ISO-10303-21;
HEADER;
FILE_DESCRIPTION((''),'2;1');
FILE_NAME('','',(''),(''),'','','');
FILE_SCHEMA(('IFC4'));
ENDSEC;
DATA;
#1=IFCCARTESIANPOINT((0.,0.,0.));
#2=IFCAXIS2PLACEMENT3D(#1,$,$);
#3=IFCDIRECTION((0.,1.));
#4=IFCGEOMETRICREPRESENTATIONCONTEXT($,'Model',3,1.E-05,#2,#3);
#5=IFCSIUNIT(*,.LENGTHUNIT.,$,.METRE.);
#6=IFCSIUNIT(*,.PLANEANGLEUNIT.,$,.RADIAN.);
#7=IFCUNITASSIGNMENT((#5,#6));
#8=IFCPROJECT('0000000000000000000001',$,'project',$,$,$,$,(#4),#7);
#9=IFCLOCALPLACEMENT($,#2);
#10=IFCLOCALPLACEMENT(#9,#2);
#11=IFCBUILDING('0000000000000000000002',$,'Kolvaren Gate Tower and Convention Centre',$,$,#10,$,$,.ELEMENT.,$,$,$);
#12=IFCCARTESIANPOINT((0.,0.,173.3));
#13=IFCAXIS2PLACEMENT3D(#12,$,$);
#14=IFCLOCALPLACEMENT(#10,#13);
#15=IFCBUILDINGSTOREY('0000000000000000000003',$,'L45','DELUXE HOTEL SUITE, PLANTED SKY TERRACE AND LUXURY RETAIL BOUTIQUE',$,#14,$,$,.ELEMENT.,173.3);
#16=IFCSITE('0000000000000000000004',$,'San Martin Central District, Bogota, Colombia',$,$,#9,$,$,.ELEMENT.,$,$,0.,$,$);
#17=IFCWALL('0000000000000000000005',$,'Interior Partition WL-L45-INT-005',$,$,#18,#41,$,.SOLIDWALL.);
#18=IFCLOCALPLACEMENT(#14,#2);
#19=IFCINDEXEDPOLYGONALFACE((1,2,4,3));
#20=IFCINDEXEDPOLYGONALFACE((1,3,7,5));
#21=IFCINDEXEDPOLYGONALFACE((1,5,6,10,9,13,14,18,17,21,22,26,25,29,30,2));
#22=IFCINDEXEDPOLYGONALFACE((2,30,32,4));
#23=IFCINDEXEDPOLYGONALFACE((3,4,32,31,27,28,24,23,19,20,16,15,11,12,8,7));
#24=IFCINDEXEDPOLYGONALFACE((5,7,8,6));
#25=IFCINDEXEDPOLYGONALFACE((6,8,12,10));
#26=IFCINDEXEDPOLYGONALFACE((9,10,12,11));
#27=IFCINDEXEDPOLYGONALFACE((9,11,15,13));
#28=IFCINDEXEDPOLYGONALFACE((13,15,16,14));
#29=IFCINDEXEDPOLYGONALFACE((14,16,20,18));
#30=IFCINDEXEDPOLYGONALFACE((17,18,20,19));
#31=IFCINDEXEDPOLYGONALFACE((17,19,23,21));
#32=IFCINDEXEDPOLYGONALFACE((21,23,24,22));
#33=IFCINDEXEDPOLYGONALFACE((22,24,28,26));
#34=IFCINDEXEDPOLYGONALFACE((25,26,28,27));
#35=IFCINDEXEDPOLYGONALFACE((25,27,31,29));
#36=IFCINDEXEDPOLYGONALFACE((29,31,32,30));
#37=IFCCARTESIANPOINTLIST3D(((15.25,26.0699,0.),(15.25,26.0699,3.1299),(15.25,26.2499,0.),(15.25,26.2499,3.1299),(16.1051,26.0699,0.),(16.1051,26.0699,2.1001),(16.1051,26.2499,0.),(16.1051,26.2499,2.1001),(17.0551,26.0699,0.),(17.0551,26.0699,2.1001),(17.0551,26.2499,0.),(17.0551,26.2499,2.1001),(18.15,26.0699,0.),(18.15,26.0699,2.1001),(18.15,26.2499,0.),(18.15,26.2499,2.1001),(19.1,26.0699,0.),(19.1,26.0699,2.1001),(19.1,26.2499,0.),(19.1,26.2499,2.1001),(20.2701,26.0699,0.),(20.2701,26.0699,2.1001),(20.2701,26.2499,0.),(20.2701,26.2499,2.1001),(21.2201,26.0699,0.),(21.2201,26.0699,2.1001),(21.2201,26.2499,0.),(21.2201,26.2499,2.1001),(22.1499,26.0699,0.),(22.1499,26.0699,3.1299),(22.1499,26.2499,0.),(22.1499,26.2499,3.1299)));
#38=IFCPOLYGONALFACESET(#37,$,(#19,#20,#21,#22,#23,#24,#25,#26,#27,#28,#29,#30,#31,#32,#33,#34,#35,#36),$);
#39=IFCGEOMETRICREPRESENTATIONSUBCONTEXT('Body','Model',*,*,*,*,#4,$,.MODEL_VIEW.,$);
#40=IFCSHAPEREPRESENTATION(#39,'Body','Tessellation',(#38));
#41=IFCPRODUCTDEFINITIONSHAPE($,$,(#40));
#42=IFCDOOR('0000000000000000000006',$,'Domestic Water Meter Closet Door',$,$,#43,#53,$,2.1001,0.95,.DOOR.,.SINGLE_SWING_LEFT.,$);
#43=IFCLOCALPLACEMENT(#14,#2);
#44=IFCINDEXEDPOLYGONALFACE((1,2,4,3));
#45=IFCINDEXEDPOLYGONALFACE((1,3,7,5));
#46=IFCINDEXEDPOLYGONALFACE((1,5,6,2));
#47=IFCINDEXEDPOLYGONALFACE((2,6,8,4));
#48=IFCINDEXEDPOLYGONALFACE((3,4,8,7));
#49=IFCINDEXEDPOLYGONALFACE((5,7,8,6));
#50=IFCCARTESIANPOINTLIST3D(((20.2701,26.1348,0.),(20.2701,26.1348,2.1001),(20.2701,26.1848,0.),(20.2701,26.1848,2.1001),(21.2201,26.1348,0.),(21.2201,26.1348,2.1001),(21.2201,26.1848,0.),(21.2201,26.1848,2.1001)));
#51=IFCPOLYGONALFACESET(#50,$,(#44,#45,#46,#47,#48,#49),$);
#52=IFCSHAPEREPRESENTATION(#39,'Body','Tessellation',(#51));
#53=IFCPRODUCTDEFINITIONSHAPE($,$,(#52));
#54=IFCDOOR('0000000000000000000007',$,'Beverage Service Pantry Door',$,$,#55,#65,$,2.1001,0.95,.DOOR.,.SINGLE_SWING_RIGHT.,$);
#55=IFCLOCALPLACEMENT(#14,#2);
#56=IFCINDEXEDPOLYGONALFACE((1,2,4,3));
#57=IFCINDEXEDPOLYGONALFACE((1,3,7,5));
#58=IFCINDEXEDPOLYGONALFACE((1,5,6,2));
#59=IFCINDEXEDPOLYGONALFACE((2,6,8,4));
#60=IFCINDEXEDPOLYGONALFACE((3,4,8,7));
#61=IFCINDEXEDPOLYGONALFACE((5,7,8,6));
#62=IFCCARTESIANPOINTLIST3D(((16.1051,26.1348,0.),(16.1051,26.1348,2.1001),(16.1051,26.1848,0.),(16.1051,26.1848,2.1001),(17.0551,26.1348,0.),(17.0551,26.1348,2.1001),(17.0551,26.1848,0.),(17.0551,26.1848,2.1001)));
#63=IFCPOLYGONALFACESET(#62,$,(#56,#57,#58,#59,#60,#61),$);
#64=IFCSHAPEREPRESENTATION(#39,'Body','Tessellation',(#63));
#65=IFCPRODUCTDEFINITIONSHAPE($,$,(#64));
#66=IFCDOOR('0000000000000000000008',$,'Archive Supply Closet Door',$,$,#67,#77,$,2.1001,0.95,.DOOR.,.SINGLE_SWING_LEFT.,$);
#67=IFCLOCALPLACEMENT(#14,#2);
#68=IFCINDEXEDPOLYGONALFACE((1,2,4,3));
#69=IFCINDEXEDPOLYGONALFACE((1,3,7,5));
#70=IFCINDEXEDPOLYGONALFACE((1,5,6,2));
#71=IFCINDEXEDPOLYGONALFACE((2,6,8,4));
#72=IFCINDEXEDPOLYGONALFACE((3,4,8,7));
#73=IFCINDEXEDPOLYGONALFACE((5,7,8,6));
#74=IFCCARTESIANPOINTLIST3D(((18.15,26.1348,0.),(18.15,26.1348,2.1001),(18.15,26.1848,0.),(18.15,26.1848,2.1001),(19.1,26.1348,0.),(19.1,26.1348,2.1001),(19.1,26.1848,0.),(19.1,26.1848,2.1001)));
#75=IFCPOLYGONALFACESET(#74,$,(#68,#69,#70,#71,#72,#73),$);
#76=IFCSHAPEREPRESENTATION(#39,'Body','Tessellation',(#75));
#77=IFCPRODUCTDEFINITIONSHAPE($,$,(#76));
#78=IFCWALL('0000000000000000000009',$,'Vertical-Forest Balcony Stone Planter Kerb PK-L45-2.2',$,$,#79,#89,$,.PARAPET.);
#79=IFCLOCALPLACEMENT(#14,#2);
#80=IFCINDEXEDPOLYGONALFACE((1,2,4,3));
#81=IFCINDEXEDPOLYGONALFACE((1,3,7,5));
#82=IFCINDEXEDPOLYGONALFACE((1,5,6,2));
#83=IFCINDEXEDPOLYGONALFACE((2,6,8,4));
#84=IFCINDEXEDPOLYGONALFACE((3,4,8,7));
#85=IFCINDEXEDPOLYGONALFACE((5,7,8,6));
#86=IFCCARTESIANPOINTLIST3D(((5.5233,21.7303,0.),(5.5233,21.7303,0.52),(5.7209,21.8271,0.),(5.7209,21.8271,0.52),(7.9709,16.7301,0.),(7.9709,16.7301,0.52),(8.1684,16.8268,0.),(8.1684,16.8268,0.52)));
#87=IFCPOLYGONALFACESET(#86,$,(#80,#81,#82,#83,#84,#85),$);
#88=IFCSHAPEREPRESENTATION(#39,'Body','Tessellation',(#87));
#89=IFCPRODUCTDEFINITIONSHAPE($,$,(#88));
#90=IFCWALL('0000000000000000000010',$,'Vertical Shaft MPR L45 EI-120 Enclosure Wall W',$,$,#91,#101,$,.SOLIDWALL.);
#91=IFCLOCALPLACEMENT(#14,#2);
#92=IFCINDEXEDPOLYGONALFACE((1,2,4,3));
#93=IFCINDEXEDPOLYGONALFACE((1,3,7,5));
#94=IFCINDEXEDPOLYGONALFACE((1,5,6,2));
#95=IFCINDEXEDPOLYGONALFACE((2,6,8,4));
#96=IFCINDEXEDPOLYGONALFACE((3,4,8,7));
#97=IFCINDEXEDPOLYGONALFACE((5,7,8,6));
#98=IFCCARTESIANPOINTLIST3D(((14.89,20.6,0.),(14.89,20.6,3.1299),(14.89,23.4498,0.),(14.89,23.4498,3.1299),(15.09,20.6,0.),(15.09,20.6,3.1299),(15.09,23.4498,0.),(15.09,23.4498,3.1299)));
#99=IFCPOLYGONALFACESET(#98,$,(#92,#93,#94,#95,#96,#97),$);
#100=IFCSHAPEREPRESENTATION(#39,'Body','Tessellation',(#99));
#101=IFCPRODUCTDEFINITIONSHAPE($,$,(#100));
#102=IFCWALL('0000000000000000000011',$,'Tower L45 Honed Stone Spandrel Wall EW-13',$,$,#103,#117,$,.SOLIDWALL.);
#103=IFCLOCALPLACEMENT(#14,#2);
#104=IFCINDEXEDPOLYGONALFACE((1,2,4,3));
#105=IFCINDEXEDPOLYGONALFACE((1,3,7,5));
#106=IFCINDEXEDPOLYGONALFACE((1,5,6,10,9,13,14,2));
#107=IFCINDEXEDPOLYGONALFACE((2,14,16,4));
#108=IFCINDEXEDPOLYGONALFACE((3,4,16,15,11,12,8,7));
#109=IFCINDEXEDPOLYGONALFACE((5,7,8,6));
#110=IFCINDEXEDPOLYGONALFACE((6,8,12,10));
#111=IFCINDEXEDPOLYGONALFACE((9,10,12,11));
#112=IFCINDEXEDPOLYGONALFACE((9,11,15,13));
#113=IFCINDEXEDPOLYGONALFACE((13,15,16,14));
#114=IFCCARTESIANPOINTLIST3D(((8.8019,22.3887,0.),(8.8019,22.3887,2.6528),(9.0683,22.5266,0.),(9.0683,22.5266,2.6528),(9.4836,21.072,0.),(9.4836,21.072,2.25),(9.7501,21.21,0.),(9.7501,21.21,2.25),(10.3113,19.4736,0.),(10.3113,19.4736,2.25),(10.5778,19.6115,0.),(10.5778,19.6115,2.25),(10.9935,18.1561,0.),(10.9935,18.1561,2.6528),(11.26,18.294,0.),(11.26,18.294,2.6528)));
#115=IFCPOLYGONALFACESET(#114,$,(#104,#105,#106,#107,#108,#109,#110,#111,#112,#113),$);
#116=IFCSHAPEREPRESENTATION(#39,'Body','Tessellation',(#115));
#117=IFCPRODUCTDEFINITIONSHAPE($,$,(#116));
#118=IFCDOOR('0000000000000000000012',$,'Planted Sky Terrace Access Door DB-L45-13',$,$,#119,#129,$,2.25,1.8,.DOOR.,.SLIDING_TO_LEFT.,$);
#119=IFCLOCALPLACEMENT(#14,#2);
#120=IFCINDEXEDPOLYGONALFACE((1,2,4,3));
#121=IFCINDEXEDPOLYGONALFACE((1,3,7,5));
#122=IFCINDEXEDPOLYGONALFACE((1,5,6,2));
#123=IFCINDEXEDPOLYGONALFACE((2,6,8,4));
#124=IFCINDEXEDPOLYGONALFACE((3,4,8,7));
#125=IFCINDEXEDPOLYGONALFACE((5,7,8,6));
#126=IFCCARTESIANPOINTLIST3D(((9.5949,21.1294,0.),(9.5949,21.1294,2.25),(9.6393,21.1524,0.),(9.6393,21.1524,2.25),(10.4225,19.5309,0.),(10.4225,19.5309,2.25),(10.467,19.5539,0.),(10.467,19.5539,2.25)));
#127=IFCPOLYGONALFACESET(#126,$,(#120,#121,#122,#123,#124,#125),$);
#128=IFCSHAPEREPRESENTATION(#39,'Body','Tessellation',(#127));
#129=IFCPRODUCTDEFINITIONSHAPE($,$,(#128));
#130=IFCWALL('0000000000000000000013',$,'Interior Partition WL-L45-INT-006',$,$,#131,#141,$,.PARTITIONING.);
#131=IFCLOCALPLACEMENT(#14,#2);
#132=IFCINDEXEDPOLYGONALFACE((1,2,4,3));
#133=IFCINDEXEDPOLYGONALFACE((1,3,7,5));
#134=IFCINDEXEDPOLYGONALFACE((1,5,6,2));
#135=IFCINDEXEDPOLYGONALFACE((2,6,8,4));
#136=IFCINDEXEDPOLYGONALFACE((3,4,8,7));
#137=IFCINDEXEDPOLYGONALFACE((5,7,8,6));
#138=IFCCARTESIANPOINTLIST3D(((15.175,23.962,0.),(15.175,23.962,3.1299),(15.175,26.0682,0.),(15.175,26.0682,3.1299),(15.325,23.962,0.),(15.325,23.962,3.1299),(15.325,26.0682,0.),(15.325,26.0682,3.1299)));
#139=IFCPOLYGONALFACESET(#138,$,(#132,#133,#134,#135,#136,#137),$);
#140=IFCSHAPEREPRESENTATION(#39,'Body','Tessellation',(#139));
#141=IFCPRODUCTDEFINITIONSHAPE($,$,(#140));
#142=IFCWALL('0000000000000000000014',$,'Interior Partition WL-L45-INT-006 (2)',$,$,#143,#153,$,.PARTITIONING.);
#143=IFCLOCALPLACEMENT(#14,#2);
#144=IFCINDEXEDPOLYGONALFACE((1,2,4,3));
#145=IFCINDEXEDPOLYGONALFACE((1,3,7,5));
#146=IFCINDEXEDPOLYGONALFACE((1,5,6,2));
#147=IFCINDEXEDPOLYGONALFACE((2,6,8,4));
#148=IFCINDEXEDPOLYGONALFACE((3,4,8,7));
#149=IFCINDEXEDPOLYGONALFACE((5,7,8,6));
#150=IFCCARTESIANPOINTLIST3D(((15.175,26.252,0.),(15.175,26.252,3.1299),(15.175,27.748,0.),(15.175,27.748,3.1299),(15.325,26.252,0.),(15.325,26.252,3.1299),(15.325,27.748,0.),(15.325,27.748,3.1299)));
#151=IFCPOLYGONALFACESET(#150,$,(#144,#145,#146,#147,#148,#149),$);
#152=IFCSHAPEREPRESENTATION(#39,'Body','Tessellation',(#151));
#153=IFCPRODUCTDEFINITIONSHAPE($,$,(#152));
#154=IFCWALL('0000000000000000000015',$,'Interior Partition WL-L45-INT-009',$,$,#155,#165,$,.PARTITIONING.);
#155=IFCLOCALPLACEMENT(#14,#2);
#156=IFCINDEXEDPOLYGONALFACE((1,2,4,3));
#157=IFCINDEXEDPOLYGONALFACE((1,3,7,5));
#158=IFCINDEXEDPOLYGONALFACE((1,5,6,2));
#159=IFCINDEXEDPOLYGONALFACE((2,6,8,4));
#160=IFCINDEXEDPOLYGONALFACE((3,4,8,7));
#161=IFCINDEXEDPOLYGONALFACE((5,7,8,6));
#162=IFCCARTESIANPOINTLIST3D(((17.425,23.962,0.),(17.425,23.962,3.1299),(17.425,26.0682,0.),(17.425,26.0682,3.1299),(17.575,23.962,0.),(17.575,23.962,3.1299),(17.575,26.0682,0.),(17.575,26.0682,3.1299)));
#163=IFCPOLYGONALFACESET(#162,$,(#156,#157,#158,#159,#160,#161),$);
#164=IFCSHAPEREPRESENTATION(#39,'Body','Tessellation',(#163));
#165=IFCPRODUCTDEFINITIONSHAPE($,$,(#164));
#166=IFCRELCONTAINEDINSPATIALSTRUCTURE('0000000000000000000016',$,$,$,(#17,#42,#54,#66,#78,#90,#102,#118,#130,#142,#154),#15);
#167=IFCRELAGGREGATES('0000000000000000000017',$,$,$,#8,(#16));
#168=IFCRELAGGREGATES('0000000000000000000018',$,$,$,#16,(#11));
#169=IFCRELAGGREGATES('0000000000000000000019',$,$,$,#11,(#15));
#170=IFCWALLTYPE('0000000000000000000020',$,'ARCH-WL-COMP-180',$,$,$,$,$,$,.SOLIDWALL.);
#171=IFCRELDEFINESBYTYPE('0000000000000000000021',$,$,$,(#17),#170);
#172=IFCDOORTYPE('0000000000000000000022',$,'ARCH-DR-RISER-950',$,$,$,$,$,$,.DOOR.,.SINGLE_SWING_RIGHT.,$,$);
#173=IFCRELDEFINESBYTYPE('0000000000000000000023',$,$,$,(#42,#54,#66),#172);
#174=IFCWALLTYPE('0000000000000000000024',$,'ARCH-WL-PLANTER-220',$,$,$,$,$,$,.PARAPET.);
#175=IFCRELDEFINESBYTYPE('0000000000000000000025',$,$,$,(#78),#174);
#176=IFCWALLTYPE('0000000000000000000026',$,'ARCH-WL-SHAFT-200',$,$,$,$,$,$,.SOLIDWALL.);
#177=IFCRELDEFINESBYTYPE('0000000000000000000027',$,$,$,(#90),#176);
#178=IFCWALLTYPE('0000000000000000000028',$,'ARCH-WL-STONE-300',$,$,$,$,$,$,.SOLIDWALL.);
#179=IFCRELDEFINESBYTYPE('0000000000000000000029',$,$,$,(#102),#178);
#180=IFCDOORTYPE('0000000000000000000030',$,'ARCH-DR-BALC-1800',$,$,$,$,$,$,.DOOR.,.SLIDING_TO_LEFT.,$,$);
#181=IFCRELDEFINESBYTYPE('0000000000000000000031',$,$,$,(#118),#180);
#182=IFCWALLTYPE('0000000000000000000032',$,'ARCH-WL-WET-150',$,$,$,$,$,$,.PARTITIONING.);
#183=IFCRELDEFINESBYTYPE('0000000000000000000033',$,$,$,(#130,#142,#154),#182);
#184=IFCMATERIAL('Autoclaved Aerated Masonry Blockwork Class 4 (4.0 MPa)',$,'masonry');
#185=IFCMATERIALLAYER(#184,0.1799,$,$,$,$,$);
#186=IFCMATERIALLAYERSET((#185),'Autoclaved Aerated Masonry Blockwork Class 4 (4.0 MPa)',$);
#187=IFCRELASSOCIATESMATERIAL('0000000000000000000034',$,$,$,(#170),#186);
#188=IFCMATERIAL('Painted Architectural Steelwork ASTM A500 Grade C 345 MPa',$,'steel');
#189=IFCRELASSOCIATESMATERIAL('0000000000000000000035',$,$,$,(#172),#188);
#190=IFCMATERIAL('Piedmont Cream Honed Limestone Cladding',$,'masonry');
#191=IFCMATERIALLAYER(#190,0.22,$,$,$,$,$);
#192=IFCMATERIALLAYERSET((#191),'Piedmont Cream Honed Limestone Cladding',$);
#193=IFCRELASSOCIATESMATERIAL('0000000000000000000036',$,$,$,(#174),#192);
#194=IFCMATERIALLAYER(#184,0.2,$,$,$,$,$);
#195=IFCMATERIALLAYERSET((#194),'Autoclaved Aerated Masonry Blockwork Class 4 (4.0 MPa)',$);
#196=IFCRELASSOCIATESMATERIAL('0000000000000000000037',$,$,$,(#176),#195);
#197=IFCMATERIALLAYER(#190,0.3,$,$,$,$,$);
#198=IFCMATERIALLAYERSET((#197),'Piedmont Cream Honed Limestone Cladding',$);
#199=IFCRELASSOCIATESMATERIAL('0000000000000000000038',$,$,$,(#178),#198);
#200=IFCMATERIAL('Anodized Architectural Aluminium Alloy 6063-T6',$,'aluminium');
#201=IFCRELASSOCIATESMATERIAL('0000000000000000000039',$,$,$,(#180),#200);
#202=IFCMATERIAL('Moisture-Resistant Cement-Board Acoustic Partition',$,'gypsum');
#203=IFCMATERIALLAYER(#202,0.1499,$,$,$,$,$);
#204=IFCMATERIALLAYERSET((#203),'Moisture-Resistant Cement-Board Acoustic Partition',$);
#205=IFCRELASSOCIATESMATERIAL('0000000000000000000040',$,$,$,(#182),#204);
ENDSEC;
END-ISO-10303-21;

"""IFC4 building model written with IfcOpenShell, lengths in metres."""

from ifc_helpers import new_model, si_unit, direction, frame, frame_2d, origin, place, context, subcontext, project, spatial, rectangle, extrude, material, layer, layer_set, type_object, element, fill, save


model = new_model("IFC4")

# Units and contexts
model_context = context("Model", 3, precision=1e-05, world=origin(), true_north=direction((0.0, 1.0)))
body_context = subcontext(model_context, "Body", "Model", "MODEL_VIEW")
ifc_project = project(units=[si_unit("LENGTHUNIT", "METRE"), si_unit("PLANEANGLEUNIT", "RADIAN")], contexts=[model_context])

# Site, building, storey
site_placement = place(None, origin())
site = spatial("IfcSite", under=ifc_project, at=site_placement, Name="San Martin Central District, Bogota, Colombia", CompositionType="ELEMENT", RefElevation=0.0)
building_placement = place(site_placement, origin())
building = spatial("IfcBuilding", under=site, at=building_placement, Name="Kolvaren Gate Tower and Convention Centre", CompositionType="ELEMENT")
storey_placement = place(building_placement, frame((0.0, 0.0, 173.3)))
storey = spatial("IfcBuildingStorey", under=building, at=storey_placement, Name="L45", Description="DELUXE HOTEL SUITE, PLANTED SKY TERRACE AND LUXURY RETAIL BOUTIQUE", CompositionType="ELEMENT", Elevation=173.3)

# Wall, openings, doors
ifc_material_1 = material(Name="Autoclaved Aerated Masonry Blockwork Class 4 (4.0 MPa)", Category="masonry")
ifc_layer_1 = layer(ifc_material_1, 0.1799)
ifc_layer_set_1 = layer_set([ifc_layer_1], Name="Autoclaved Aerated Masonry Blockwork Class 4 (4.0 MPa)")
wall_type_1 = type_object("IfcWallType", Name="ARCH-WL-COMP-180", PredefinedType="SOLIDWALL", material=ifc_layer_set_1)
wall_1_placement = place(storey_placement, frame((15.25, 26.1599, 0.0), z_axis=(0.0, 0.0, 1.0), x_axis=(1.0, 0.0, 0.0)))
wall_1 = element("IfcWall", 1, at=wall_1_placement, inside=storey, type_object=wall_type_1, Name="Interior Partition WL-L45-INT-005", PredefinedType="SOLIDWALL", context=body_context, shape_type="SweptSolid", body=[
    extrude(rectangle(XDim=6.8999, YDim=0.1799, at=frame_2d((3.45, 0.0))), origin(), (0.0, 0.0, 1.0), 3.1299),
])
opening_1_placement = place(wall_1_placement, frame((5.02, 0.0, 0.0)))
opening_1 = element("IfcOpeningElement", 2, at=opening_1_placement, cuts=wall_1, PredefinedType="OPENING", context=body_context, shape_type="SweptSolid", body=[
    extrude(rectangle(XDim=0.95, YDim=2.1001, at=frame_2d((0.4751, 1.05))), frame((0.0, 0.0999, 0.0), z_axis=(0.0, -1.0, 0.0), x_axis=(1.0, 0.0, 0.0)), (0.0, 0.0, 1.0), 0.2),
])
opening_2_placement = place(wall_1_placement, frame((0.855, 0.0, 0.0)))
opening_2 = element("IfcOpeningElement", 3, at=opening_2_placement, cuts=wall_1, PredefinedType="OPENING", context=body_context, shape_type="SweptSolid", body=[
    extrude(rectangle(XDim=0.95, YDim=2.1001, at=frame_2d((0.4751, 1.05))), frame((0.0, 0.0999, 0.0), z_axis=(0.0, -1.0, 0.0), x_axis=(1.0, 0.0, 0.0)), (0.0, 0.0, 1.0), 0.2),
])
opening_3_placement = place(wall_1_placement, frame((2.8999, 0.0, 0.0)))
opening_3 = element("IfcOpeningElement", 4, at=opening_3_placement, cuts=wall_1, PredefinedType="OPENING", context=body_context, shape_type="SweptSolid", body=[
    extrude(rectangle(XDim=0.95, YDim=2.1001, at=frame_2d((0.4751, 1.05))), frame((0.0, 0.0999, 0.0), z_axis=(0.0, -1.0, 0.0), x_axis=(1.0, 0.0, 0.0)), (0.0, 0.0, 1.0), 0.2),
])
ifc_material_2 = material(Name="Painted Architectural Steelwork ASTM A500 Grade C 345 MPa", Category="steel")
door_type_1 = type_object("IfcDoorType", Name="ARCH-DR-RISER-950", OperationType="SINGLE_SWING_RIGHT", PredefinedType="DOOR", material=ifc_material_2)
door_1_placement = place(opening_1_placement, origin())
door_1 = element("IfcDoor", 5, at=door_1_placement, inside=storey, type_object=door_type_1, Name="Domestic Water Meter Closet Door", OperationType="SINGLE_SWING_LEFT", OverallHeight=2.1001, OverallWidth=0.95, PredefinedType="DOOR", context=body_context, shape_type="SweptSolid", body=[
    extrude(rectangle(XDim=0.95, YDim=2.1001, at=frame_2d((0.4751, 1.05))), frame((0.0, 0.0249, 0.0), z_axis=(0.0, -1.0, 0.0), x_axis=(1.0, 0.0, 0.0)), (0.0, 0.0, 1.0), 0.05),
])
fill(opening_1, door_1)
door_2_placement = place(opening_2_placement, origin())
door_2 = element("IfcDoor", 6, at=door_2_placement, inside=storey, type_object=door_type_1, Name="Beverage Service Pantry Door", OperationType="SINGLE_SWING_RIGHT", OverallHeight=2.1001, OverallWidth=0.95, PredefinedType="DOOR", context=body_context, shape_type="SweptSolid", body=[
    extrude(rectangle(XDim=0.95, YDim=2.1001, at=frame_2d((0.4751, 1.05))), frame((0.0, 0.0249, 0.0), z_axis=(0.0, -1.0, 0.0), x_axis=(1.0, 0.0, 0.0)), (0.0, 0.0, 1.0), 0.05),
])
fill(opening_2, door_2)
door_3_placement = place(opening_3_placement, origin())
door_3 = element("IfcDoor", 7, at=door_3_placement, inside=storey, type_object=door_type_1, Name="Archive Supply Closet Door", OperationType="SINGLE_SWING_LEFT", OverallHeight=2.1001, OverallWidth=0.95, PredefinedType="DOOR", context=body_context, shape_type="SweptSolid", body=[
    extrude(rectangle(XDim=0.95, YDim=2.1001, at=frame_2d((0.4751, 1.05))), frame((0.0, 0.0249, 0.0), z_axis=(0.0, -1.0, 0.0), x_axis=(1.0, 0.0, 0.0)), (0.0, 0.0, 1.0), 0.05),
])
fill(opening_3, door_3)

# Walls
ifc_material_3 = material(Name="Piedmont Cream Honed Limestone Cladding", Category="masonry")
ifc_layer_2 = layer(ifc_material_3, 0.22)
ifc_layer_set_2 = layer_set([ifc_layer_2], Name="Piedmont Cream Honed Limestone Cladding")
wall_type_2 = type_object("IfcWallType", Name="ARCH-WL-PLANTER-220", PredefinedType="PARAPET", material=ifc_layer_set_2)
wall_2_placement = place(storey_placement, frame((5.6221, 21.7788, 0.0), z_axis=(0.0, 0.0, 1.0), x_axis=(0.439637, -0.898175, 0.0)))
element("IfcWall", 8, at=wall_2_placement, inside=storey, type_object=wall_type_2, Name="Vertical-Forest Balcony Stone Planter Kerb PK-L45-2.2", PredefinedType="PARAPET", context=body_context, shape_type="SweptSolid", body=[
    extrude(rectangle(XDim=5.5671, YDim=0.22, at=frame_2d((2.7837, 0.0))), origin(), (0.0, 0.0, 1.0), 0.52),
])
ifc_layer_3 = layer(ifc_material_1, 0.2)
ifc_layer_set_3 = layer_set([ifc_layer_3], Name="Autoclaved Aerated Masonry Blockwork Class 4 (4.0 MPa)")
wall_type_3 = type_object("IfcWallType", Name="ARCH-WL-SHAFT-200", PredefinedType="SOLIDWALL", material=ifc_layer_set_3)
wall_3_placement = place(storey_placement, frame((14.99, 20.6001, 0.0), z_axis=(0.0, 0.0, 1.0), x_axis=(0.0, 1.0, 0.0)))
element("IfcWall", 9, at=wall_3_placement, inside=storey, type_object=wall_type_3, Name="Vertical Shaft MPR L45 EI-120 Enclosure Wall W", PredefinedType="SOLIDWALL", context=body_context, shape_type="SweptSolid", body=[
    extrude(rectangle(XDim=2.8499, YDim=0.2, at=frame_2d((1.4248, 0.0))), origin(), (0.0, 0.0, 1.0), 3.1299),
])

# Wall, opening, door
ifc_layer_4 = layer(ifc_material_3, 0.3)
ifc_layer_set_4 = layer_set([ifc_layer_4], Name="Piedmont Cream Honed Limestone Cladding")
wall_type_4 = type_object("IfcWallType", Name="ARCH-WL-STONE-300", PredefinedType="SOLIDWALL", material=ifc_layer_set_4)
wall_4_placement = place(storey_placement, frame((8.9351, 22.4578, 0.0), z_axis=(0.0, 0.0, 1.0), x_axis=(0.45981, -0.888017, 0.0)))
wall_4 = element("IfcWall", 10, at=wall_4_placement, inside=storey, type_object=wall_type_4, Name="Tower L45 Honed Stone Spandrel Wall EW-13", PredefinedType="SOLIDWALL", context=body_context, shape_type="SweptSolid", body=[
    extrude(rectangle(XDim=4.7664, YDim=0.3, at=frame_2d((2.3833, 0.0))), origin(), (0.0, 0.0, 1.0), 2.6528),
])
opening_4_placement = place(wall_4_placement, frame((1.4829, 0.0, 0.0)))
opening_4 = element("IfcOpeningElement", 11, at=opening_4_placement, cuts=wall_4, PredefinedType="OPENING", context=body_context, shape_type="SweptSolid", body=[
    extrude(rectangle(XDim=1.8, YDim=2.25, at=frame_2d((0.8999, 1.125))), frame((0.0, 0.1599, 0.0), z_axis=(0.0, -1.0, 0.0), x_axis=(1.0, 0.0, 0.0)), (0.0, 0.0, 1.0), 0.3201),
])
ifc_material_4 = material(Name="Anodized Architectural Aluminium Alloy 6063-T6", Category="aluminium")
door_type_2 = type_object("IfcDoorType", Name="ARCH-DR-BALC-1800", OperationType="SLIDING_TO_LEFT", PredefinedType="DOOR", material=ifc_material_4)
door_4_placement = place(opening_4_placement, frame((1.8, 0.0, 0.0), z_axis=(0.0, 0.0, 1.0), x_axis=(-1.0, 0.0, 0.0)))
door_4 = element("IfcDoor", 12, at=door_4_placement, inside=storey, type_object=door_type_2, Name="Planted Sky Terrace Access Door DB-L45-13", OperationType="SLIDING_TO_LEFT", OverallHeight=2.25, OverallWidth=1.8, PredefinedType="DOOR", context=body_context, shape_type="SweptSolid", body=[
    extrude(rectangle(XDim=1.8, YDim=2.25, at=frame_2d((0.8999, 1.125))), frame((0.0, 0.0249, 0.0), z_axis=(0.0, -1.0, 0.0), x_axis=(1.0, 0.0, 0.0)), (0.0, 0.0, 1.0), 0.05),
])
fill(opening_4, door_4)

# Walls
ifc_material_5 = material(Name="Moisture-Resistant Cement-Board Acoustic Partition", Category="gypsum")
ifc_layer_5 = layer(ifc_material_5, 0.1499)
ifc_layer_set_5 = layer_set([ifc_layer_5], Name="Moisture-Resistant Cement-Board Acoustic Partition")
wall_type_5 = type_object("IfcWallType", Name="ARCH-WL-WET-150", PredefinedType="PARTITIONING", material=ifc_layer_set_5)
wall_5_placement = place(storey_placement, frame((15.25, 23.9619, 0.0), z_axis=(0.0, 0.0, 1.0), x_axis=(0.0, 1.0, 0.0)))
element("IfcWall", 13, at=wall_5_placement, inside=storey, type_object=wall_type_5, Name="Interior Partition WL-L45-INT-006", PredefinedType="PARTITIONING", context=body_context, shape_type="SweptSolid", body=[
    extrude(rectangle(XDim=2.1062, YDim=0.1499, at=frame_2d((1.0532, 0.0))), origin(), (0.0, 0.0, 1.0), 3.1299),
])
wall_6_placement = place(storey_placement, frame((15.25, 26.252, 0.0), z_axis=(0.0, 0.0, 1.0), x_axis=(0.0, 1.0, 0.0)))
element("IfcWall", 14, at=wall_6_placement, inside=storey, type_object=wall_type_5, Name="Interior Partition WL-L45-INT-006 (2)", PredefinedType="PARTITIONING", context=body_context, shape_type="SweptSolid", body=[
    extrude(rectangle(XDim=1.4961, YDim=0.1499, at=frame_2d((0.748, 0.0))), origin(), (0.0, 0.0, 1.0), 3.1299),
])
wall_7_placement = place(storey_placement, frame((17.5, 23.9619, 0.0), z_axis=(0.0, 0.0, 1.0), x_axis=(0.0, 1.0, 0.0)))
element("IfcWall", 15, at=wall_7_placement, inside=storey, type_object=wall_type_5, Name="Interior Partition WL-L45-INT-009", PredefinedType="PARTITIONING", context=body_context, shape_type="SweptSolid", body=[
    extrude(rectangle(XDim=2.1062, YDim=0.1499, at=frame_2d((1.0532, 0.0))), origin(), (0.0, 0.0, 1.0), 3.1299),
])

save(model, "model.ifc")
